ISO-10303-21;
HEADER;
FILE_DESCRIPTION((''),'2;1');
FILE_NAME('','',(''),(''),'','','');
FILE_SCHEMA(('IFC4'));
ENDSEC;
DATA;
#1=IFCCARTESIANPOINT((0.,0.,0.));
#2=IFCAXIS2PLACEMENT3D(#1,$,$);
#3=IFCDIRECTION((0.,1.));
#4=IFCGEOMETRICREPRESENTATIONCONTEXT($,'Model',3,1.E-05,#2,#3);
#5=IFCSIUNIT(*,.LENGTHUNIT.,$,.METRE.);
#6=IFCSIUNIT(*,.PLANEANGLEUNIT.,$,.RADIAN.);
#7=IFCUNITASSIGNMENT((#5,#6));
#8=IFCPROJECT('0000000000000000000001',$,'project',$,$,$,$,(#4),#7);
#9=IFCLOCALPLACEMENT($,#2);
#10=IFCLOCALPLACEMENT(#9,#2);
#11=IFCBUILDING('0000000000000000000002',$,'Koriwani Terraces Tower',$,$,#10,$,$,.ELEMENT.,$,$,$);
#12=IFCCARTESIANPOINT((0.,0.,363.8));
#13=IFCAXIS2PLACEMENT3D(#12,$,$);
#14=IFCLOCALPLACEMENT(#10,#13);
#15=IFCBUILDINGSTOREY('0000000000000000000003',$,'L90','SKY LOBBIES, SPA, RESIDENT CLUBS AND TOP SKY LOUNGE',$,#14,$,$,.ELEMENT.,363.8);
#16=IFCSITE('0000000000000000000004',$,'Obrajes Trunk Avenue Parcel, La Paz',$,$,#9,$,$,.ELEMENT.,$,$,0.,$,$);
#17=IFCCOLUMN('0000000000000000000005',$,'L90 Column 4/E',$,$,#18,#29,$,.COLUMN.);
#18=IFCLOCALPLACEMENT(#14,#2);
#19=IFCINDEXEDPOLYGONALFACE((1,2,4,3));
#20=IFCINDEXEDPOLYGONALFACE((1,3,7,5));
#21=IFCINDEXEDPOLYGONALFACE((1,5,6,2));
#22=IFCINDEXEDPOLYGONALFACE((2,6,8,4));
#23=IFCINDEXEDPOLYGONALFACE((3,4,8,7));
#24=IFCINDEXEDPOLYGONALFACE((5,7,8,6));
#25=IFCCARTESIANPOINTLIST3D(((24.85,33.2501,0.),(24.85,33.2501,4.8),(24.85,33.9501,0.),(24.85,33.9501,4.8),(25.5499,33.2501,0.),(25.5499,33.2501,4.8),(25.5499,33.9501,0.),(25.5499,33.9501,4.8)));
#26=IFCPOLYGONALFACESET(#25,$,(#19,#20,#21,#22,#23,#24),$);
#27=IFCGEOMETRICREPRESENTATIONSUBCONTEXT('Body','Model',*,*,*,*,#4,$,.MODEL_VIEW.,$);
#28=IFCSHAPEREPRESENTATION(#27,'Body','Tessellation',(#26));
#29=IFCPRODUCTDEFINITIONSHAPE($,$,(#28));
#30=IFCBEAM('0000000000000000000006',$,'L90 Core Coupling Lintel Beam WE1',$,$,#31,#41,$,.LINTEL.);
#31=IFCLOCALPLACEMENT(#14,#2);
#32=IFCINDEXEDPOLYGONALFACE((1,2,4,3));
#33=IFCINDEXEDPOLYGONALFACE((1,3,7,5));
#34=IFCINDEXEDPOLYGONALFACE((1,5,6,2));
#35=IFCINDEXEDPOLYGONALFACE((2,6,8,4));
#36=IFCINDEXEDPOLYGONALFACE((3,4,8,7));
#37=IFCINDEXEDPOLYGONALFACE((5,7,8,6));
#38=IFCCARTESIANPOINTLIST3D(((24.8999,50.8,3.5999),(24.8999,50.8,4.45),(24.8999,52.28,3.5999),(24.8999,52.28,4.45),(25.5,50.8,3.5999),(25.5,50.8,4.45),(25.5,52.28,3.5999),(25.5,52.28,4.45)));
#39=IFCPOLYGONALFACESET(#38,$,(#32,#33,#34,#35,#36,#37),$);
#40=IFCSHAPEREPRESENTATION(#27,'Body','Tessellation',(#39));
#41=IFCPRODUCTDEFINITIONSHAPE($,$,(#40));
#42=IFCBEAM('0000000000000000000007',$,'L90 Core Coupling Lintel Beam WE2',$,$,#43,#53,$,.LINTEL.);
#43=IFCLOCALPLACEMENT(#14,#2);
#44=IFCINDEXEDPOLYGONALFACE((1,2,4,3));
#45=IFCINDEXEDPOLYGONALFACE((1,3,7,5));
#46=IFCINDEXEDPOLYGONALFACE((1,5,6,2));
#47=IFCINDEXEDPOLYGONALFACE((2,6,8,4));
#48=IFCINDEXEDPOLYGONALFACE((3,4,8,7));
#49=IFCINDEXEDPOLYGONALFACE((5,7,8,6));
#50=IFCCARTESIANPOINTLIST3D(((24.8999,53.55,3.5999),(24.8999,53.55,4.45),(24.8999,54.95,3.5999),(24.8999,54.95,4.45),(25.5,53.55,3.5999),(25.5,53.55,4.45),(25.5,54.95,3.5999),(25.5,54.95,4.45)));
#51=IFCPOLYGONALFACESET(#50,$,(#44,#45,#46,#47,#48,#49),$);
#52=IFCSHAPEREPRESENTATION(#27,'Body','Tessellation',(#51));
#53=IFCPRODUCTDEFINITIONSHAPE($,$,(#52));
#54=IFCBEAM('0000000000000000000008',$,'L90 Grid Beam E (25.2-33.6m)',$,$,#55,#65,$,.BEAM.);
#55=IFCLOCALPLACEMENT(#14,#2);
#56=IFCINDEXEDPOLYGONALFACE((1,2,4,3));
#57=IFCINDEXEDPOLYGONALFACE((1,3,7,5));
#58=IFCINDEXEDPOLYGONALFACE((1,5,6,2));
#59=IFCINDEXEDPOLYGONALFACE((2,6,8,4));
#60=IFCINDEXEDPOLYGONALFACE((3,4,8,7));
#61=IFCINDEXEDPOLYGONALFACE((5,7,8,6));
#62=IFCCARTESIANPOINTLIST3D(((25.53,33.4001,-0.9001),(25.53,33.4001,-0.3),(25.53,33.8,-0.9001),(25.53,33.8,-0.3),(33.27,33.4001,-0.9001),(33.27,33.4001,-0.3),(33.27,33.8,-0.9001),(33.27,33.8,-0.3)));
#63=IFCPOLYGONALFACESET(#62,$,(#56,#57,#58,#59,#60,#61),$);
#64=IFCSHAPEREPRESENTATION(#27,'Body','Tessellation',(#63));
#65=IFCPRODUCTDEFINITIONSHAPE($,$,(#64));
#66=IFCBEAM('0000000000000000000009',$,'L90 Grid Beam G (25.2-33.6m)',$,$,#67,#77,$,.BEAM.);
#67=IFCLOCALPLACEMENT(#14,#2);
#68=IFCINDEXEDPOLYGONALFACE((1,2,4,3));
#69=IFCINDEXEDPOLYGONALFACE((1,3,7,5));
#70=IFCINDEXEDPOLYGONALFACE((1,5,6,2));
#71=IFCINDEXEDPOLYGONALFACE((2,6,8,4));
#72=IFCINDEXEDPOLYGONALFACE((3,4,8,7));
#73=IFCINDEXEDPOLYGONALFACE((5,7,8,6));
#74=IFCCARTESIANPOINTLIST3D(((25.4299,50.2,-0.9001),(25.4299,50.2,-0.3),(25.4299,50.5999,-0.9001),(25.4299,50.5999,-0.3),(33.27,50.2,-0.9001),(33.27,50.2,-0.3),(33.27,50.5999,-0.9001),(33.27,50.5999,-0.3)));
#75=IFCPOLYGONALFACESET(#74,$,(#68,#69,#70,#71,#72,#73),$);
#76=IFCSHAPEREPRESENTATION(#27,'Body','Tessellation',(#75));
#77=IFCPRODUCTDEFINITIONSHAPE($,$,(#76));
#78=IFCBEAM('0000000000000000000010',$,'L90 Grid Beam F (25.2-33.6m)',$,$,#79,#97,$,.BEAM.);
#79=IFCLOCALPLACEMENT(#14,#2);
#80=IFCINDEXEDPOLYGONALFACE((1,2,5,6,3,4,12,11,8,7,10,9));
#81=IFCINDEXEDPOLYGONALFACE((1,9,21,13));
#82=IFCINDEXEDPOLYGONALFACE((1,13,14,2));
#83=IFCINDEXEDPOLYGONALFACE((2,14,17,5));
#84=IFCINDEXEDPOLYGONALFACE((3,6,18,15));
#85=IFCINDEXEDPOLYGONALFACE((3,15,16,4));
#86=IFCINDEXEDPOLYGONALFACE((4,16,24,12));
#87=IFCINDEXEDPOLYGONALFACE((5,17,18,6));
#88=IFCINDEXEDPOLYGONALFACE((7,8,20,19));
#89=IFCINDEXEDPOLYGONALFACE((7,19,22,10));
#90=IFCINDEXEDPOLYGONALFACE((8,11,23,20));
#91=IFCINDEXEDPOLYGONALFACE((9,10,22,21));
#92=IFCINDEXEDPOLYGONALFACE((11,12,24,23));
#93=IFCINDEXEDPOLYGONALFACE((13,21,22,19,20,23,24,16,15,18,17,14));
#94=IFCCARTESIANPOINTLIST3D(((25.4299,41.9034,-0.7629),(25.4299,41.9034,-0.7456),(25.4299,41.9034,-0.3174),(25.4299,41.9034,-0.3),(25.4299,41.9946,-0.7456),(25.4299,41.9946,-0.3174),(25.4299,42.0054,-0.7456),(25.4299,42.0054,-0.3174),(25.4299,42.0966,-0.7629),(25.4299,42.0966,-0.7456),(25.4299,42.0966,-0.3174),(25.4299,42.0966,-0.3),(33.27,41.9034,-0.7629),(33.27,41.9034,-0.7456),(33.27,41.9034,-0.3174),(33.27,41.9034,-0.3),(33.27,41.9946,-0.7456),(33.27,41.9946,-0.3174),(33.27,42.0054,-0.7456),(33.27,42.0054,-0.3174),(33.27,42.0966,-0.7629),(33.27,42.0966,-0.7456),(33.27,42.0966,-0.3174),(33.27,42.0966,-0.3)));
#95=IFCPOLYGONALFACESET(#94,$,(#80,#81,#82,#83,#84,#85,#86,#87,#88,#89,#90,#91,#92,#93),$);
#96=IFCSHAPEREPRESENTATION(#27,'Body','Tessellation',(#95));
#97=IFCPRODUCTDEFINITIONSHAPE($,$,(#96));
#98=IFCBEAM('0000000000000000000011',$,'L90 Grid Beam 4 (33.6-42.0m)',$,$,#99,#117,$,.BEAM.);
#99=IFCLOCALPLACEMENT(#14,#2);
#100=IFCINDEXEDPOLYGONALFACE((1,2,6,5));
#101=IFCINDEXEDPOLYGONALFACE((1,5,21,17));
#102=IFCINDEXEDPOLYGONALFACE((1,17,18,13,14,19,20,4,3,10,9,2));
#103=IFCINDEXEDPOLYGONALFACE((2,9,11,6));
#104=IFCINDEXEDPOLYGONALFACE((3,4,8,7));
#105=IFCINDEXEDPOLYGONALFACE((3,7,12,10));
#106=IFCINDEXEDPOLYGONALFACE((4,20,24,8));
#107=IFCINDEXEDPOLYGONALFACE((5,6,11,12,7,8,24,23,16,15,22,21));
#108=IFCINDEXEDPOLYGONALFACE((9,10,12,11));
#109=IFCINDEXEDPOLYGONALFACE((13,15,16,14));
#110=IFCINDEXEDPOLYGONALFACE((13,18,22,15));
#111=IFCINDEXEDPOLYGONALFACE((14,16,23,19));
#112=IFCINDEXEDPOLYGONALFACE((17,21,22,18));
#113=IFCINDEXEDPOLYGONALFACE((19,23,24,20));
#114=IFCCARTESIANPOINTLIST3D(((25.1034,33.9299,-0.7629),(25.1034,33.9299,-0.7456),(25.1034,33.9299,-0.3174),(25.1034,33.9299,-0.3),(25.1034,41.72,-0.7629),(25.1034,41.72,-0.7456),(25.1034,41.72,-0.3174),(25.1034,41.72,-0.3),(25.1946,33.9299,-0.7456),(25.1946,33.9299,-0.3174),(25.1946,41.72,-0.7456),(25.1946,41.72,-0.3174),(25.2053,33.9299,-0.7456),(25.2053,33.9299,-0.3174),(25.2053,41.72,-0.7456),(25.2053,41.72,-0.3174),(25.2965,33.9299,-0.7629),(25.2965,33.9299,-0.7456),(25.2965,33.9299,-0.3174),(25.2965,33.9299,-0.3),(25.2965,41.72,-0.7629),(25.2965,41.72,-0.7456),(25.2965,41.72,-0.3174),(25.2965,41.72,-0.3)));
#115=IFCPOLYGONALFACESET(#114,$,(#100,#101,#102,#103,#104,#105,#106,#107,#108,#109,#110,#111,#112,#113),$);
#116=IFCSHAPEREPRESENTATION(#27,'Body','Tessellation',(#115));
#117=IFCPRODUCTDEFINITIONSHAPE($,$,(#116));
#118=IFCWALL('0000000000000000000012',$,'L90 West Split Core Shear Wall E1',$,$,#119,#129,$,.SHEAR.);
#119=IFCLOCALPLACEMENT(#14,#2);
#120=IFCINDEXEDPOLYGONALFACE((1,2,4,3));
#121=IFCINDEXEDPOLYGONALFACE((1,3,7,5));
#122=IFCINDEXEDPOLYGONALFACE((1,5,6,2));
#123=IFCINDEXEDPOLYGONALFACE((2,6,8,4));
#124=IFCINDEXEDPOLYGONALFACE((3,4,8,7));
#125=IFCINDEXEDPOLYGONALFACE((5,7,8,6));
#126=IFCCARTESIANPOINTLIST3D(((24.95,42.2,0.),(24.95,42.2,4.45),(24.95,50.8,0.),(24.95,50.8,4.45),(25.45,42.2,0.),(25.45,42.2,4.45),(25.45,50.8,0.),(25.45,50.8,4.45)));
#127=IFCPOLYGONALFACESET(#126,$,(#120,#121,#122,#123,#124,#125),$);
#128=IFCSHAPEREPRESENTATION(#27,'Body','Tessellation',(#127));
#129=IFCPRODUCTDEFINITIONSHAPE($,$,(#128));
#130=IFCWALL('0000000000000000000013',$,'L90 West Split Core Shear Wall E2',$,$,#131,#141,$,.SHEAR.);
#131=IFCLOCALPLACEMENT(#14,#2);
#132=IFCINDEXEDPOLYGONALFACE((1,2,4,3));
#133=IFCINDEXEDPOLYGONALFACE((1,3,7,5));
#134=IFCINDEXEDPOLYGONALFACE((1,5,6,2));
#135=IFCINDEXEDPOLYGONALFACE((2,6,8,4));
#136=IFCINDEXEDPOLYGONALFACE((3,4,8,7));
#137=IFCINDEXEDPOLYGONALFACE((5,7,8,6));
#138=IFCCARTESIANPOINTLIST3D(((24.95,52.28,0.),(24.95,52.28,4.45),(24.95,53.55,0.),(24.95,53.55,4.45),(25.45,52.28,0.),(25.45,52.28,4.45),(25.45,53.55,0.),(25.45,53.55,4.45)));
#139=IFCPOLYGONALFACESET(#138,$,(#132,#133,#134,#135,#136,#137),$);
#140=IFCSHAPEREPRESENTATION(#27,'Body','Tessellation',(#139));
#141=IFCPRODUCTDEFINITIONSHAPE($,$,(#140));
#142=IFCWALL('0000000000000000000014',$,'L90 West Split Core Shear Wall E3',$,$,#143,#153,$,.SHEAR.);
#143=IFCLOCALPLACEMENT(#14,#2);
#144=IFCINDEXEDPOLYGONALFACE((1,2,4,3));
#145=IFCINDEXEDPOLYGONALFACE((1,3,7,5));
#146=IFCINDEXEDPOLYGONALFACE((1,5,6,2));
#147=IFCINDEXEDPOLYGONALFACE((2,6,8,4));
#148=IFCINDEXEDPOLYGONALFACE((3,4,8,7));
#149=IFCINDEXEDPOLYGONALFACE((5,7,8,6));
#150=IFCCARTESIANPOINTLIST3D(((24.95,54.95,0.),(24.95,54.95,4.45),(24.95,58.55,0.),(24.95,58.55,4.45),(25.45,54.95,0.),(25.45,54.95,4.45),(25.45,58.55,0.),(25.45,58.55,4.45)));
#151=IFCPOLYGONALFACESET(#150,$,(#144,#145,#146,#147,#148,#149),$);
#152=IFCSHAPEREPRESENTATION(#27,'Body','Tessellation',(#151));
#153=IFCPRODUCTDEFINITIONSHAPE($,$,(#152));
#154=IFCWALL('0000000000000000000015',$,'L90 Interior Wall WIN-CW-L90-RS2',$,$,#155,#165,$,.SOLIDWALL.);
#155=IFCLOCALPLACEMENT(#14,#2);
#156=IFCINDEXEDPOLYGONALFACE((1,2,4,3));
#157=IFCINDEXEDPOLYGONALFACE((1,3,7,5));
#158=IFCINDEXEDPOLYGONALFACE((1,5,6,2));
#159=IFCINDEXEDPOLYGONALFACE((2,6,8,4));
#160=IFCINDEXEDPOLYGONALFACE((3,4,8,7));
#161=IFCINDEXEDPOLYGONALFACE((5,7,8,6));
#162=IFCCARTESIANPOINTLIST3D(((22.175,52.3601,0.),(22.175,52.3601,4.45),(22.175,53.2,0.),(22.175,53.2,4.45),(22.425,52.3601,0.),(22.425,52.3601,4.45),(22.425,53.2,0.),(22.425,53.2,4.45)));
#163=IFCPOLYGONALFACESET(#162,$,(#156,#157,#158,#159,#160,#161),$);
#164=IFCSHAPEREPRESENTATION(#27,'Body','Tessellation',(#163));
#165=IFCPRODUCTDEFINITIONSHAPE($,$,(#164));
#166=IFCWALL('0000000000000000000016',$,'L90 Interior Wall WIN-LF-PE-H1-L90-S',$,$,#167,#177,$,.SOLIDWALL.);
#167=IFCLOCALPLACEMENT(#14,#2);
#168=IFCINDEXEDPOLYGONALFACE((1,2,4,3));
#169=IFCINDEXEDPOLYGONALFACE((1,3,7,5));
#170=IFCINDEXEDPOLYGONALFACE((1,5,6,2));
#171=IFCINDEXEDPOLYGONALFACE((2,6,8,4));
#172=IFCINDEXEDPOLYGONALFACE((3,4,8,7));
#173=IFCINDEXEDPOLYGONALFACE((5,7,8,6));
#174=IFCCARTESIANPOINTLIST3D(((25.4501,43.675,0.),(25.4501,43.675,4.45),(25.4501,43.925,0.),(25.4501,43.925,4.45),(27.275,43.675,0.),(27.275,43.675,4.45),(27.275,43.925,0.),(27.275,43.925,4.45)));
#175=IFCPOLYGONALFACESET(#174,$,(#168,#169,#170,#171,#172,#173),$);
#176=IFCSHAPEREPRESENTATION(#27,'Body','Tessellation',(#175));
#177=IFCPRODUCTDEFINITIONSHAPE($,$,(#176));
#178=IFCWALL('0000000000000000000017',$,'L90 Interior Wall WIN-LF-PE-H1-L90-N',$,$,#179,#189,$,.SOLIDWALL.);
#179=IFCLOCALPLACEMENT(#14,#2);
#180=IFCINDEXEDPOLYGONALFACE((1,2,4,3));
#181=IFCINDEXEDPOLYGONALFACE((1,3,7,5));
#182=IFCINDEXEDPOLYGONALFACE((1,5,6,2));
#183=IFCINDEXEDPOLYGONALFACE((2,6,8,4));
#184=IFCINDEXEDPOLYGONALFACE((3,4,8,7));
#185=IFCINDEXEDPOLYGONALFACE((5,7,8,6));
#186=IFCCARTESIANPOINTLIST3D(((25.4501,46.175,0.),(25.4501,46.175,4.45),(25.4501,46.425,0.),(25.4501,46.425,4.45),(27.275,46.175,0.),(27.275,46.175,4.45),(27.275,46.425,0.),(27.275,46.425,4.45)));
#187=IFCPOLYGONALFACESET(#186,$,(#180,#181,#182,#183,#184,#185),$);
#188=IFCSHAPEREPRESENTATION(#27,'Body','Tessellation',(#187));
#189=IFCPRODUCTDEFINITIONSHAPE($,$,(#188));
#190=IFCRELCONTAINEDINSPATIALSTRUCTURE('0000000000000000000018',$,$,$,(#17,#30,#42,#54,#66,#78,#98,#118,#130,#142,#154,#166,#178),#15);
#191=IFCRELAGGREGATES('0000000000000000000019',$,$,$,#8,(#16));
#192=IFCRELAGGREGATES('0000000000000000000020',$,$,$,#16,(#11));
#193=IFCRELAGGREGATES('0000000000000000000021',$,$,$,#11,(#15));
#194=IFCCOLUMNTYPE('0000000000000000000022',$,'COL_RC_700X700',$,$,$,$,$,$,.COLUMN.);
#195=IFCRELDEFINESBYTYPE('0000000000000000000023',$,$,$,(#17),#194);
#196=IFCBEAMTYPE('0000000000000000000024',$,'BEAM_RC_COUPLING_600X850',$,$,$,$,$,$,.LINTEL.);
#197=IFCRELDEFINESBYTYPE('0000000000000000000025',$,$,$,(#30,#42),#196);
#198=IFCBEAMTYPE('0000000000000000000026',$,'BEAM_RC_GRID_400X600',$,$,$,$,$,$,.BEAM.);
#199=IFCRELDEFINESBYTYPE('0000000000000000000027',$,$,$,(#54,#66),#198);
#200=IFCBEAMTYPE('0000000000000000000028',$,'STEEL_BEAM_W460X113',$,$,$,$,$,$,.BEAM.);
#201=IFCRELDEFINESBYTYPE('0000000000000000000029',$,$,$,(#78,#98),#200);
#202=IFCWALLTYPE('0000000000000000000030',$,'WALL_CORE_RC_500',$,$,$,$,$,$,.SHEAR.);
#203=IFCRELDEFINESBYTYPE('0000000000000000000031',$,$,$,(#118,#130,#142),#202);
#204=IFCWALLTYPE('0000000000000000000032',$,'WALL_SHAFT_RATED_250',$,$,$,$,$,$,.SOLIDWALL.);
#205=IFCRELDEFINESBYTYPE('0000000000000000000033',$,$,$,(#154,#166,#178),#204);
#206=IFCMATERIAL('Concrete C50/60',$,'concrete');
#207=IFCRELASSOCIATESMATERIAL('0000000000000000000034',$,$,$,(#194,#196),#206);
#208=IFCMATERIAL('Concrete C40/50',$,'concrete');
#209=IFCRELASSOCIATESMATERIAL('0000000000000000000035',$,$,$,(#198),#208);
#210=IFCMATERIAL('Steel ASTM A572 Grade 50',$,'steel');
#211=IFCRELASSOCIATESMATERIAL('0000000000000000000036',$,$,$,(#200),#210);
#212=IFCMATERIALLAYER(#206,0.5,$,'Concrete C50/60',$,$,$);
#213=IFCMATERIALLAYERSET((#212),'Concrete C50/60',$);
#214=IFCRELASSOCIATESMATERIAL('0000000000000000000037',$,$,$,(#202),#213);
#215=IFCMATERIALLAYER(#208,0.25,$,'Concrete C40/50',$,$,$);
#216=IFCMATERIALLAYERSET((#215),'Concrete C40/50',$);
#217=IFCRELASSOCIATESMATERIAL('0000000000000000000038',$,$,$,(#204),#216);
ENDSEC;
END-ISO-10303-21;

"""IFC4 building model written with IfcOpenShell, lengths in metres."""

from ifc_helpers import new_model, si_unit, direction, frame, frame_2d, origin, origin_2d, place, context, subcontext, project, spatial, rectangle, i_section, extrude, material, layer, layer_set, material_profile, profile_set, type_object, element, save


model = new_model("IFC4")

# Units and contexts
model_context = context("Model", 3, precision=1e-05, world=origin(), true_north=direction((0.0, 1.0)))
body_context = subcontext(model_context, "Body", "Model", "MODEL_VIEW")
ifc_project = project(units=[si_unit("LENGTHUNIT", "METRE"), si_unit("PLANEANGLEUNIT", "RADIAN")], contexts=[model_context])

# Site, building, storey
site_placement = place(None, origin())
site = spatial("IfcSite", under=ifc_project, at=site_placement, Name="Obrajes Trunk Avenue Parcel, La Paz", CompositionType="ELEMENT", RefElevation=0.0)
building_placement = place(site_placement, origin())
building = spatial("IfcBuilding", under=site, at=building_placement, Name="Koriwani Terraces Tower", CompositionType="ELEMENT")
storey_placement = place(building_placement, frame((0.0, 0.0, 363.8)))
storey = spatial("IfcBuildingStorey", under=building, at=storey_placement, Name="L90", Description="SKY LOBBIES, SPA, RESIDENT CLUBS AND TOP SKY LOUNGE", CompositionType="ELEMENT", Elevation=363.8)

# Column
ifc_material_1 = material(Name="Concrete C50/60", Category="concrete")
ifc_material_profile_1 = material_profile(ifc_material_1, rectangle(XDim=0.7, YDim=0.7, at=origin_2d()), Name="Concrete C50/60", Category="LoadBearing")
ifc_profile_set_1 = profile_set([ifc_material_profile_1], Name="Concrete C50/60")
column_type = type_object("IfcColumnType", Name="COL_RC_700X700", PredefinedType="COLUMN", material=ifc_profile_set_1)
column_placement = place(storey_placement, frame((25.2, 33.6001, 0.0), z_axis=(0.0, 0.0, 1.0), x_axis=(1.0, 0.0, 0.0)))
element("IfcColumn", 1, at=column_placement, inside=storey, type_object=column_type, Name="L90 Column 4/E", PredefinedType="COLUMN", context=body_context, shape_type="SweptSolid", body=[
    extrude(rectangle(XDim=0.7, YDim=0.7, at=origin_2d()), origin(), (0.0, 0.0, 1.0), 4.8),
])

# Beams
ifc_material_profile_2 = material_profile(ifc_material_1, rectangle(XDim=0.6001, YDim=0.8501, at=origin_2d()), Name="Concrete C50/60", Category="LoadBearing")
ifc_profile_set_2 = profile_set([ifc_material_profile_2], Name="Concrete C50/60")
beam_type_1 = type_object("IfcBeamType", Name="BEAM_RC_COUPLING_600X850", PredefinedType="LINTEL", material=ifc_profile_set_2)
beam_1_placement = place(storey_placement, frame((25.2, 50.8, 4.0249), z_axis=(0.0, 1.0, 0.0), x_axis=(-1.0, 0.0, 0.0)))
element("IfcBeam", 2, at=beam_1_placement, inside=storey, type_object=beam_type_1, Name="L90 Core Coupling Lintel Beam WE1", PredefinedType="LINTEL", context=body_context, shape_type="SweptSolid", body=[
    extrude(rectangle(XDim=0.6001, YDim=0.8501, at=origin_2d()), origin(), (0.0, 0.0, 1.0), 1.48),
])
beam_2_placement = place(storey_placement, frame((25.2, 53.55, 4.0249), z_axis=(0.0, 1.0, 0.0), x_axis=(-1.0, 0.0, 0.0)))
element("IfcBeam", 3, at=beam_2_placement, inside=storey, type_object=beam_type_1, Name="L90 Core Coupling Lintel Beam WE2", PredefinedType="LINTEL", context=body_context, shape_type="SweptSolid", body=[
    extrude(rectangle(XDim=0.6001, YDim=0.8501, at=origin_2d()), origin(), (0.0, 0.0, 1.0), 1.3999),
])
ifc_material_2 = material(Name="Concrete C40/50", Category="concrete")
ifc_material_profile_3 = material_profile(ifc_material_2, rectangle(XDim=0.3999, YDim=0.6001, at=origin_2d()), Name="Concrete C40/50", Category="LoadBearing")
ifc_profile_set_3 = profile_set([ifc_material_profile_3], Name="Concrete C40/50")
beam_type_2 = type_object("IfcBeamType", Name="BEAM_RC_GRID_400X600", PredefinedType="BEAM", material=ifc_profile_set_3)
beam_3_placement = place(storey_placement, frame((25.53, 33.6001, -0.6001), z_axis=(1.0, 0.0, 0.0), x_axis=(0.0, 1.0, 0.0)))
element("IfcBeam", 4, at=beam_3_placement, inside=storey, type_object=beam_type_2, Name="L90 Grid Beam E (25.2-33.6m)", PredefinedType="BEAM", context=body_context, shape_type="SweptSolid", body=[
    extrude(rectangle(XDim=0.3999, YDim=0.6001, at=origin_2d()), origin(), (0.0, 0.0, 1.0), 7.74),
])
beam_4_placement = place(storey_placement, frame((25.4299, 50.3999, -0.6001), z_axis=(1.0, 0.0, 0.0), x_axis=(0.0, 1.0, 0.0)))
element("IfcBeam", 5, at=beam_4_placement, inside=storey, type_object=beam_type_2, Name="L90 Grid Beam G (25.2-33.6m)", PredefinedType="BEAM", context=body_context, shape_type="SweptSolid", body=[
    extrude(rectangle(XDim=0.3999, YDim=0.6001, at=origin_2d()), origin(), (0.0, 0.0, 1.0), 7.8401),
])
ifc_material_3 = material(Name="Steel ASTM A572 Grade 50", Category="steel")
ifc_material_profile_4 = material_profile(ifc_material_3, i_section(OverallWidth=0.1931, OverallDepth=0.4629, WebThickness=0.0107, FlangeThickness=0.0173, at=origin_2d()), Name="Steel ASTM A572 Grade 50", Category="LoadBearing")
ifc_profile_set_4 = profile_set([ifc_material_profile_4], Name="Steel ASTM A572 Grade 50")
beam_type_3 = type_object("IfcBeamType", Name="STEEL_BEAM_W460X113", PredefinedType="BEAM", material=ifc_profile_set_4)
beam_5_placement = place(storey_placement, frame((25.4299, 42.0, -0.5315), z_axis=(1.0, 0.0, 0.0), x_axis=(0.0, 1.0, 0.0)))
element("IfcBeam", 6, at=beam_5_placement, inside=storey, type_object=beam_type_3, Name="L90 Grid Beam F (25.2-33.6m)", PredefinedType="BEAM", context=body_context, shape_type="SweptSolid", body=[
    extrude(i_section(OverallWidth=0.1931, OverallDepth=0.4629, WebThickness=0.0107, FlangeThickness=0.0173, at=origin_2d()), origin(), (0.0, 0.0, 1.0), 7.8401),
])
beam_6_placement = place(storey_placement, frame((25.2, 33.9299, -0.5315), z_axis=(0.0, 1.0, 0.0), x_axis=(-1.0, 0.0, 0.0)))
element("IfcBeam", 7, at=beam_6_placement, inside=storey, type_object=beam_type_3, Name="L90 Grid Beam 4 (33.6-42.0m)", PredefinedType="BEAM", context=body_context, shape_type="SweptSolid", body=[
    extrude(i_section(OverallWidth=0.1931, OverallDepth=0.4629, WebThickness=0.0107, FlangeThickness=0.0173, at=origin_2d()), origin(), (0.0, 0.0, 1.0), 7.79),
])

# Walls
ifc_layer_1 = layer(ifc_material_1, 0.5, Name="Concrete C50/60")
ifc_layer_set_1 = layer_set([ifc_layer_1], Name="Concrete C50/60")
wall_type_1 = type_object("IfcWallType", Name="WALL_CORE_RC_500", PredefinedType="SHEAR", material=ifc_layer_set_1)
wall_1_placement = place(storey_placement, frame((25.2, 42.2, 0.0), z_axis=(0.0, 0.0, 1.0), x_axis=(0.0, 1.0, 0.0)))
element("IfcWall", 8, at=wall_1_placement, inside=storey, type_object=wall_type_1, Name="L90 West Split Core Shear Wall E1", PredefinedType="SHEAR", context=body_context, shape_type="SweptSolid", body=[
    extrude(rectangle(XDim=8.6001, YDim=0.5, at=frame_2d((4.3, 0.0))), origin(), (0.0, 0.0, 1.0), 4.45),
])
wall_2_placement = place(storey_placement, frame((25.2, 52.28, 0.0), z_axis=(0.0, 0.0, 1.0), x_axis=(0.0, 1.0, 0.0)))
element("IfcWall", 9, at=wall_2_placement, inside=storey, type_object=wall_type_1, Name="L90 West Split Core Shear Wall E2", PredefinedType="SHEAR", context=body_context, shape_type="SweptSolid", body=[
    extrude(rectangle(XDim=1.27, YDim=0.5, at=frame_2d((0.635, 0.0))), origin(), (0.0, 0.0, 1.0), 4.45),
])
wall_3_placement = place(storey_placement, frame((25.2, 54.95, 0.0), z_axis=(0.0, 0.0, 1.0), x_axis=(0.0, 1.0, 0.0)))
element("IfcWall", 10, at=wall_3_placement, inside=storey, type_object=wall_type_1, Name="L90 West Split Core Shear Wall E3", PredefinedType="SHEAR", context=body_context, shape_type="SweptSolid", body=[
    extrude(rectangle(XDim=3.6001, YDim=0.5, at=frame_2d((1.8, 0.0))), origin(), (0.0, 0.0, 1.0), 4.45),
])

# Shared definitions
ifc_layer_2 = layer(ifc_material_2, 0.25, Name="Concrete C40/50")
ifc_layer_set_2 = layer_set([ifc_layer_2], Name="Concrete C40/50")
wall_type_2 = type_object("IfcWallType", Name="WALL_SHAFT_RATED_250", PredefinedType="SOLIDWALL", material=ifc_layer_set_2)

# Wall
wall_4_placement = place(storey_placement, frame((22.3, 52.3601, 0.0), z_axis=(0.0, 0.0, 1.0), x_axis=(0.0, 1.0, 0.0)))
element("IfcWall", 11, at=wall_4_placement, inside=storey, type_object=wall_type_2, Name="L90 Interior Wall WIN-CW-L90-RS2", PredefinedType="SOLIDWALL", context=body_context, shape_type="SweptSolid", body=[
    extrude(rectangle(XDim=0.8398, YDim=0.25, at=frame_2d((0.4199, 0.0))), origin(), (0.0, 0.0, 1.0), 4.45),
])

# Walls
for number, where, z_axis, x_axis, name in (
    (12, (25.45, 43.8, 0.0), (0.0, 0.0, 1.0), (1.0, 0.0, 0.0), "L90 Interior Wall WIN-LF-PE-H1-L90-S"),
    (13, (25.45, 46.3, 0.0), (0.0, 0.0, 1.0), (1.0, 0.0, 0.0), "L90 Interior Wall WIN-LF-PE-H1-L90-N"),
):
    element("IfcWall", number, at=place(storey_placement, frame(where, z_axis=z_axis, x_axis=x_axis)), inside=storey, type_object=wall_type_2, Name=name, PredefinedType="SOLIDWALL", context=body_context, shape_type="SweptSolid", body=[
        extrude(rectangle(XDim=1.825, YDim=0.25, at=frame_2d((0.9126, 0.0))), origin(), (0.0, 0.0, 1.0), 4.45),
    ])

save(model, "model.ifc")
